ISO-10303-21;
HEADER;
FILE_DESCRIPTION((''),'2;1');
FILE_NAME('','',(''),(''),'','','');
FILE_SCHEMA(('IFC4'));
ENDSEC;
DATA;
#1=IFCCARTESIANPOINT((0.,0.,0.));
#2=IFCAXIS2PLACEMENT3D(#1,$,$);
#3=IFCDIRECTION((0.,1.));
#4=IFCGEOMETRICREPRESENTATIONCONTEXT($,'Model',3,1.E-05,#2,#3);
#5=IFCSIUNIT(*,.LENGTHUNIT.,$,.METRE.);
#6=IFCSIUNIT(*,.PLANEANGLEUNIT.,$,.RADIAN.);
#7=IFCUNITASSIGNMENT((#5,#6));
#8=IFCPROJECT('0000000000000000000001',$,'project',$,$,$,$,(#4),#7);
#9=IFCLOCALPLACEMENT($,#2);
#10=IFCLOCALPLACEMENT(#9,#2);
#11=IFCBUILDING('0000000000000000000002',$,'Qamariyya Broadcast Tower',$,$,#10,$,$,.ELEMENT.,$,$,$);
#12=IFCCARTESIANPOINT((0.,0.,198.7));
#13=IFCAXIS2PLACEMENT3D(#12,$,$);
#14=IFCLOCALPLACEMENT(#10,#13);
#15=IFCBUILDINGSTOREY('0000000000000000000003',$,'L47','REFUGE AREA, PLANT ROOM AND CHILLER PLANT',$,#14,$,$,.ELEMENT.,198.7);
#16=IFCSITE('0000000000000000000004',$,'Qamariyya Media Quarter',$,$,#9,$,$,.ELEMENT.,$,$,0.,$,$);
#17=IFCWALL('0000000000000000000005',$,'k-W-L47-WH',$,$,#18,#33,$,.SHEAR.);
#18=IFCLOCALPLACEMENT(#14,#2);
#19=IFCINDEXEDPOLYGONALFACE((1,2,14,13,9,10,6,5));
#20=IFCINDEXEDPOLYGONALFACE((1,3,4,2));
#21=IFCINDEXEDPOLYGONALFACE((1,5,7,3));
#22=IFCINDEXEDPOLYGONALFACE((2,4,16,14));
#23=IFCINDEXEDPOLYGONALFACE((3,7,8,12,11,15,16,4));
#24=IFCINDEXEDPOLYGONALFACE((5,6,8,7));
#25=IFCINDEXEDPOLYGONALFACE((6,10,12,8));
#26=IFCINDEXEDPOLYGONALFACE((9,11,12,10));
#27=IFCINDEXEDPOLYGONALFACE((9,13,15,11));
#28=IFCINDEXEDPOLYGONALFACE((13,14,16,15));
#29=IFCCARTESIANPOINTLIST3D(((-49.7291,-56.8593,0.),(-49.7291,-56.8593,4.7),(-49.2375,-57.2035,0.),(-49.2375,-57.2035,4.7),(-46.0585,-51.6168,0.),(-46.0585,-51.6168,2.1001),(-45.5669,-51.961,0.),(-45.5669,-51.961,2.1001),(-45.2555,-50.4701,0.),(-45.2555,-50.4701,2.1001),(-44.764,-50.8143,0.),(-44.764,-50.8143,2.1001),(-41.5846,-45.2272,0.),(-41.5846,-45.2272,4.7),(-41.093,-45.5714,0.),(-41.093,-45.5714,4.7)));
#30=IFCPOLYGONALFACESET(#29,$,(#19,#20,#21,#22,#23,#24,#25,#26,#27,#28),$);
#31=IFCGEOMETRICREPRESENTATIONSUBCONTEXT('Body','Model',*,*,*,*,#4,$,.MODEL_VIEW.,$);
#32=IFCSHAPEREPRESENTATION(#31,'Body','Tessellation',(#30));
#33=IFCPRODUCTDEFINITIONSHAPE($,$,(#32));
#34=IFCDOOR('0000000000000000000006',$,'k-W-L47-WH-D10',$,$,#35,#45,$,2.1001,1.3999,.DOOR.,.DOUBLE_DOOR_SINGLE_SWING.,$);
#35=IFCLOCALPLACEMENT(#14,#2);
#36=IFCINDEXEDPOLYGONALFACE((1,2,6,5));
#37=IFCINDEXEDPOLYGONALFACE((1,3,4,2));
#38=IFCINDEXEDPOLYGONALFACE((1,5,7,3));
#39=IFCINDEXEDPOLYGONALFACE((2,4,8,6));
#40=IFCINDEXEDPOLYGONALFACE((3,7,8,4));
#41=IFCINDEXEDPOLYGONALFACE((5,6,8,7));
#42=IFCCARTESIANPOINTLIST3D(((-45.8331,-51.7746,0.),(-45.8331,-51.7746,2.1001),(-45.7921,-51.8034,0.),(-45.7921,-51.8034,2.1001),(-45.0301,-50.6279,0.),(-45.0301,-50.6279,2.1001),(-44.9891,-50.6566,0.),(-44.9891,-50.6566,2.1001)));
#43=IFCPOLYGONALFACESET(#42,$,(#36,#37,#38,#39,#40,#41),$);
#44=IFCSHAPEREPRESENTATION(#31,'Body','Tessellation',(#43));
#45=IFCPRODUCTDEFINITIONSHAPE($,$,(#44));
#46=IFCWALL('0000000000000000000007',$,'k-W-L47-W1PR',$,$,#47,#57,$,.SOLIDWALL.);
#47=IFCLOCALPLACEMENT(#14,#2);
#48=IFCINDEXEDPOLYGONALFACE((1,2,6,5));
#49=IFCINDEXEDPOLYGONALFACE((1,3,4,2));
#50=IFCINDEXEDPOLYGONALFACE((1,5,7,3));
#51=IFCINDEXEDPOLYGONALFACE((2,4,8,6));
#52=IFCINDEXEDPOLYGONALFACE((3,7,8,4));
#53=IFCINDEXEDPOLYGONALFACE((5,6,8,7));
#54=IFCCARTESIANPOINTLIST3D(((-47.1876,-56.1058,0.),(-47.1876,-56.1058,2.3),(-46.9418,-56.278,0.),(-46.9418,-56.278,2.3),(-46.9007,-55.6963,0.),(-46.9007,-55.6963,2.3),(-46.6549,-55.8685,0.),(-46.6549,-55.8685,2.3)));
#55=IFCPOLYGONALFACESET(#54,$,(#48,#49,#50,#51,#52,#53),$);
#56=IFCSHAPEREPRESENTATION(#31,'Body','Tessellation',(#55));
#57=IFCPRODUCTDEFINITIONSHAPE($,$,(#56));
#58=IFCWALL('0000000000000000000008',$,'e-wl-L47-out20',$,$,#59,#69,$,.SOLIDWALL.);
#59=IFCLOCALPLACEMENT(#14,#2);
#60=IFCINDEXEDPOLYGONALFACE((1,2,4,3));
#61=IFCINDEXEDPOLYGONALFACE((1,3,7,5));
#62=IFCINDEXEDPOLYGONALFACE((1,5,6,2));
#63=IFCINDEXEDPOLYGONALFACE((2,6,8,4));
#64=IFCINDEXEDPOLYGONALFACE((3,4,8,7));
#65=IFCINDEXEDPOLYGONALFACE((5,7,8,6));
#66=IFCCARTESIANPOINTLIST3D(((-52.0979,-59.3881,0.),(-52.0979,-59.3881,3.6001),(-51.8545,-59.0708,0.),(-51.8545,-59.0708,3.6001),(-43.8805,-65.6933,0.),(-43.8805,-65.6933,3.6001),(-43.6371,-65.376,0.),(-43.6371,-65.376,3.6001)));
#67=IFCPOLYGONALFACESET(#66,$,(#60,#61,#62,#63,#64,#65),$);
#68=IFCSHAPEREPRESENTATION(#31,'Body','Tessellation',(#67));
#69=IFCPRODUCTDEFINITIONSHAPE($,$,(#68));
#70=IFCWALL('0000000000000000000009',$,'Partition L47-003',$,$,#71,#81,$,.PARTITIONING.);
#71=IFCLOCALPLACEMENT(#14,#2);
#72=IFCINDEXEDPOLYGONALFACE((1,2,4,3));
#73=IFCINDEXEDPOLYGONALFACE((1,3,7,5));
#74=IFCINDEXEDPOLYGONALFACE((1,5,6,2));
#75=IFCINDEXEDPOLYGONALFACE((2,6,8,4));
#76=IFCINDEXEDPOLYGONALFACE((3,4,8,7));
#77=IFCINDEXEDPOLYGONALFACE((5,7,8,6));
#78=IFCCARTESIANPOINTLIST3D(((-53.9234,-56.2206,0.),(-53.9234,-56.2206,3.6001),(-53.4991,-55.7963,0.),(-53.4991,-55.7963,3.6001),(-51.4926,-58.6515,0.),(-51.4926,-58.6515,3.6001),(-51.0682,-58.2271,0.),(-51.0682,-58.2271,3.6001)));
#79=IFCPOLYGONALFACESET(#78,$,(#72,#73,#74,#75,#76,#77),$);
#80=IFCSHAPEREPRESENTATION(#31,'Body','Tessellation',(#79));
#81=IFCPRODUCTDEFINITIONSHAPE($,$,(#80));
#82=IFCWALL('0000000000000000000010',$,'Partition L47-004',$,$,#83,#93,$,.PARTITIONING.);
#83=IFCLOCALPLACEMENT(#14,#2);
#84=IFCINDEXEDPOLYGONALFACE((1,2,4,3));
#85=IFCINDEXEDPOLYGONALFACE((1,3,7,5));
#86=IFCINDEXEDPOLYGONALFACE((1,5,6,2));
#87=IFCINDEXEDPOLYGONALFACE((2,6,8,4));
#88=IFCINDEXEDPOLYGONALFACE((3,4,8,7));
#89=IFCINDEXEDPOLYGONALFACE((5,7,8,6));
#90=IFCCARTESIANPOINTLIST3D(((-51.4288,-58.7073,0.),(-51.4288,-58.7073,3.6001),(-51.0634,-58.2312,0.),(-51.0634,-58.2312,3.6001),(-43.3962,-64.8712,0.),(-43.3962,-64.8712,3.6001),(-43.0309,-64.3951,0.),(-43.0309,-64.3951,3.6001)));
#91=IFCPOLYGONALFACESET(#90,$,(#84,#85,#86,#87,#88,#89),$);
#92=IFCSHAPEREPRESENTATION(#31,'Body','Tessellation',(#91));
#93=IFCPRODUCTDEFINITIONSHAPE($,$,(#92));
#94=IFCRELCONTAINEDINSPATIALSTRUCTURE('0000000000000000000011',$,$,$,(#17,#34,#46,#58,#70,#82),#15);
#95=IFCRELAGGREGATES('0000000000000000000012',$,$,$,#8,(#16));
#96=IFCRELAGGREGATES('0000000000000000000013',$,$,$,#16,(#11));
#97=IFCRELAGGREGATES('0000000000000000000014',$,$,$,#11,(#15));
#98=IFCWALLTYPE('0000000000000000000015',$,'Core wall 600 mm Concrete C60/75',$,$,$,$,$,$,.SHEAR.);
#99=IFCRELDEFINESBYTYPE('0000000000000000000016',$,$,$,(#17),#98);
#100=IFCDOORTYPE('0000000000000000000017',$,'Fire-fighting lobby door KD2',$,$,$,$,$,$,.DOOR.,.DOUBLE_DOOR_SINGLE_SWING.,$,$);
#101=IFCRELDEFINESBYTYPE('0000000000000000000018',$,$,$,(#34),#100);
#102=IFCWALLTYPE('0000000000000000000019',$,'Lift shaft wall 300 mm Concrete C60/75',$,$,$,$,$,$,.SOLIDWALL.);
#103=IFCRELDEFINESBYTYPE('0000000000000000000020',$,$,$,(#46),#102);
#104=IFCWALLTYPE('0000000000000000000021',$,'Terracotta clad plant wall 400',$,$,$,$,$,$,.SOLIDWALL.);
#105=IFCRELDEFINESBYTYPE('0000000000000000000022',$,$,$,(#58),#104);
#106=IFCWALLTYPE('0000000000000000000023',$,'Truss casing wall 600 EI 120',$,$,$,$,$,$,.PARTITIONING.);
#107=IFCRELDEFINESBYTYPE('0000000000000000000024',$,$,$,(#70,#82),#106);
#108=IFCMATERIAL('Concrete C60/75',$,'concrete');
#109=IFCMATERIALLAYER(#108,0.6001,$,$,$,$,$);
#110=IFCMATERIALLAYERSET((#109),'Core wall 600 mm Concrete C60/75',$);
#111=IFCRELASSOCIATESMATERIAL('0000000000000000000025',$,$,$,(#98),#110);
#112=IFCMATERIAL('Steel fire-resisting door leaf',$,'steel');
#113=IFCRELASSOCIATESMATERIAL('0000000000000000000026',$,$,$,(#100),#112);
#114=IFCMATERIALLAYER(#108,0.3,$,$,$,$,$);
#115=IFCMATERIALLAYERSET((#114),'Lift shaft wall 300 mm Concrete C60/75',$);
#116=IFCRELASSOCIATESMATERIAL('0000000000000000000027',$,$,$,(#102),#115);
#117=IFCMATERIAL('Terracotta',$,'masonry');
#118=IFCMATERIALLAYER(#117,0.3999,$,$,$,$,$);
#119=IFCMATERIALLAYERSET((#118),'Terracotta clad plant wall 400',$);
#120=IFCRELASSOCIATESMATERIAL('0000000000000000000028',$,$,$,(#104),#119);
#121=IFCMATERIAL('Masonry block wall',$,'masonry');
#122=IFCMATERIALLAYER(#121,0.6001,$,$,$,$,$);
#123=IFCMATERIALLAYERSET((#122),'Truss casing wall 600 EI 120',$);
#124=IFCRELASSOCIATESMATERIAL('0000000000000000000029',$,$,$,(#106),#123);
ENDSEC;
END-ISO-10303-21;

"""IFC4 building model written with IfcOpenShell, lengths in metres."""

from ifc_helpers import new_model, si_unit, direction, frame, frame_2d, origin, place, context, subcontext, project, spatial, rectangle, extrude, material, layer, layer_set, type_object, element, fill, save


model = new_model("IFC4")

# Units and contexts
model_context = context("Model", 3, precision=1e-05, world=origin(), true_north=direction((0.0, 1.0)))
body_context = subcontext(model_context, "Body", "Model", "MODEL_VIEW")
ifc_project = project(units=[si_unit("LENGTHUNIT", "METRE"), si_unit("PLANEANGLEUNIT", "RADIAN")], contexts=[model_context])

# Site, building, storey
site_placement = place(None, origin())
site = spatial("IfcSite", under=ifc_project, at=site_placement, Name="Qamariyya Media Quarter", CompositionType="ELEMENT", RefElevation=0.0)
building_placement = place(site_placement, origin())
building = spatial("IfcBuilding", under=site, at=building_placement, Name="Qamariyya Broadcast Tower", CompositionType="ELEMENT")
storey_placement = place(building_placement, frame((0.0, 0.0, 198.7)))
storey = spatial("IfcBuildingStorey", under=building, at=storey_placement, Name="L47", Description="REFUGE AREA, PLANT ROOM AND CHILLER PLANT", CompositionType="ELEMENT", Elevation=198.7)

# Shared definitions
ifc_material_1 = material(Name="Concrete C60/75", Category="concrete")

# Wall, opening, door
ifc_layer_1 = layer(ifc_material_1, 0.6001)
ifc_layer_set_1 = layer_set([ifc_layer_1], Name="Core wall 600 mm Concrete C60/75")
wall_type_1 = type_object("IfcWallType", Name="Core wall 600 mm Concrete C60/75", PredefinedType="SHEAR", material=ifc_layer_set_1)
wall_1_placement = place(storey_placement, frame((-49.4834, -57.0315, 0.0), z_axis=(0.0, 0.0, 1.0), x_axis=(0.57356, 0.819163, 0.0)))
wall_1 = element("IfcWall", 1, at=wall_1_placement, inside=storey, type_object=wall_type_1, Name="k-W-L47-WH", PredefinedType="SHEAR", context=body_context, shape_type="SweptSolid", body=[
    extrude(rectangle(XDim=14.2, YDim=0.6001, at=frame_2d((7.1001, 0.0))), origin(), (0.0, 0.0, 1.0), 4.7),
])
opening_placement = place(wall_1_placement, frame((6.3999, 0.0, 0.0)))
opening = element("IfcOpeningElement", 2, at=opening_placement, cuts=wall_1, PredefinedType="OPENING", context=body_context, shape_type="SweptSolid", body=[
    extrude(rectangle(XDim=1.3999, YDim=2.1001, at=frame_2d((0.7, 1.05))), frame((0.0, 0.3101, 0.0), z_axis=(0.0, -1.0, 0.0), x_axis=(1.0, 0.0, 0.0)), (0.0, 0.0, 1.0), 0.6201),
])
ifc_material_2 = material(Name="Steel fire-resisting door leaf", Category="steel")
door_type = type_object("IfcDoorType", Name="Fire-fighting lobby door KD2", OperationType="DOUBLE_DOOR_SINGLE_SWING", PredefinedType="DOOR", material=ifc_material_2)
door_placement = place(opening_placement, origin())
door = element("IfcDoor", 3, at=door_placement, inside=storey, type_object=door_type, Name="k-W-L47-WH-D10", OperationType="DOUBLE_DOOR_SINGLE_SWING", OverallHeight=2.1001, OverallWidth=1.3999, PredefinedType="DOOR", context=body_context, shape_type="SweptSolid", body=[
    extrude(rectangle(XDim=1.3999, YDim=2.1001, at=frame_2d((0.7, 1.05))), frame((0.0, 0.0249, 0.0), z_axis=(0.0, -1.0, 0.0), x_axis=(1.0, 0.0, 0.0)), (0.0, 0.0, 1.0), 0.05),
])
fill(opening, door)

# Walls
ifc_layer_2 = layer(ifc_material_1, 0.3)
ifc_layer_set_2 = layer_set([ifc_layer_2], Name="Lift shaft wall 300 mm Concrete C60/75")
wall_type_2 = type_object("IfcWallType", Name="Lift shaft wall 300 mm Concrete C60/75", PredefinedType="SOLIDWALL", material=ifc_layer_set_2)
wall_2_placement = place(storey_placement, frame((-47.0647, -56.1919, 0.0), z_axis=(0.0, 0.0, 1.0), x_axis=(0.573823, 0.818979, 0.0)))
element("IfcWall", 4, at=wall_2_placement, inside=storey, type_object=wall_type_2, Name="k-W-L47-W1PR", PredefinedType="SOLIDWALL", context=body_context, shape_type="SweptSolid", body=[
    extrude(rectangle(XDim=0.5, YDim=0.3, at=frame_2d((0.25, 0.0))), origin(), (0.0, 0.0, 1.0), 2.3),
])
ifc_material_3 = material(Name="Terracotta", Category="masonry")
ifc_layer_3 = layer(ifc_material_3, 0.3999)
ifc_layer_set_3 = layer_set([ifc_layer_3], Name="Terracotta clad plant wall 400")
wall_type_3 = type_object("IfcWallType", Name="Terracotta clad plant wall 400", PredefinedType="SOLIDWALL", material=ifc_layer_set_3)
wall_3_placement = place(storey_placement, frame((-51.9761, -59.2295, 0.0), z_axis=(0.0, 0.0, 1.0), x_axis=(0.793361, -0.608751, 0.0)))
element("IfcWall", 5, at=wall_3_placement, inside=storey, type_object=wall_type_3, Name="e-wl-L47-out20", PredefinedType="SOLIDWALL", context=body_context, shape_type="SweptSolid", body=[
    extrude(rectangle(XDim=10.3577, YDim=0.3999, at=frame_2d((5.1787, 0.0))), origin(), (0.0, 0.0, 1.0), 3.6001),
])
ifc_material_4 = material(Name="Masonry block wall", Category="masonry")
ifc_layer_4 = layer(ifc_material_4, 0.6001)
ifc_layer_set_4 = layer_set([ifc_layer_4], Name="Truss casing wall 600 EI 120")
wall_type_4 = type_object("IfcWallType", Name="Truss casing wall 600 EI 120", PredefinedType="PARTITIONING", material=ifc_layer_set_4)
wall_4_placement = place(storey_placement, frame((-53.7112, -56.0085, 0.0), z_axis=(0.0, 0.0, 1.0), x_axis=(0.707107, -0.707107, 0.0)))
element("IfcWall", 6, at=wall_4_placement, inside=storey, type_object=wall_type_4, Name="Partition L47-003", PredefinedType="PARTITIONING", context=body_context, shape_type="SweptSolid", body=[
    extrude(rectangle(XDim=3.4377, YDim=0.6001, at=frame_2d((1.7188, 0.0))), origin(), (0.0, 0.0, 1.0), 3.6001),
])
wall_5_placement = place(storey_placement, frame((-51.2461, -58.4692, 0.0), z_axis=(0.0, 0.0, 1.0), x_axis=(0.79334, -0.608779, 0.0)))
element("IfcWall", 7, at=wall_5_placement, inside=storey, type_object=wall_type_4, Name="Partition L47-004", PredefinedType="PARTITIONING", context=body_context, shape_type="SweptSolid", body=[
    extrude(rectangle(XDim=10.125, YDim=0.6001, at=frame_2d((5.0625, 0.0))), origin(), (0.0, 0.0, 1.0), 3.6001),
])

save(model, "model.ifc")
